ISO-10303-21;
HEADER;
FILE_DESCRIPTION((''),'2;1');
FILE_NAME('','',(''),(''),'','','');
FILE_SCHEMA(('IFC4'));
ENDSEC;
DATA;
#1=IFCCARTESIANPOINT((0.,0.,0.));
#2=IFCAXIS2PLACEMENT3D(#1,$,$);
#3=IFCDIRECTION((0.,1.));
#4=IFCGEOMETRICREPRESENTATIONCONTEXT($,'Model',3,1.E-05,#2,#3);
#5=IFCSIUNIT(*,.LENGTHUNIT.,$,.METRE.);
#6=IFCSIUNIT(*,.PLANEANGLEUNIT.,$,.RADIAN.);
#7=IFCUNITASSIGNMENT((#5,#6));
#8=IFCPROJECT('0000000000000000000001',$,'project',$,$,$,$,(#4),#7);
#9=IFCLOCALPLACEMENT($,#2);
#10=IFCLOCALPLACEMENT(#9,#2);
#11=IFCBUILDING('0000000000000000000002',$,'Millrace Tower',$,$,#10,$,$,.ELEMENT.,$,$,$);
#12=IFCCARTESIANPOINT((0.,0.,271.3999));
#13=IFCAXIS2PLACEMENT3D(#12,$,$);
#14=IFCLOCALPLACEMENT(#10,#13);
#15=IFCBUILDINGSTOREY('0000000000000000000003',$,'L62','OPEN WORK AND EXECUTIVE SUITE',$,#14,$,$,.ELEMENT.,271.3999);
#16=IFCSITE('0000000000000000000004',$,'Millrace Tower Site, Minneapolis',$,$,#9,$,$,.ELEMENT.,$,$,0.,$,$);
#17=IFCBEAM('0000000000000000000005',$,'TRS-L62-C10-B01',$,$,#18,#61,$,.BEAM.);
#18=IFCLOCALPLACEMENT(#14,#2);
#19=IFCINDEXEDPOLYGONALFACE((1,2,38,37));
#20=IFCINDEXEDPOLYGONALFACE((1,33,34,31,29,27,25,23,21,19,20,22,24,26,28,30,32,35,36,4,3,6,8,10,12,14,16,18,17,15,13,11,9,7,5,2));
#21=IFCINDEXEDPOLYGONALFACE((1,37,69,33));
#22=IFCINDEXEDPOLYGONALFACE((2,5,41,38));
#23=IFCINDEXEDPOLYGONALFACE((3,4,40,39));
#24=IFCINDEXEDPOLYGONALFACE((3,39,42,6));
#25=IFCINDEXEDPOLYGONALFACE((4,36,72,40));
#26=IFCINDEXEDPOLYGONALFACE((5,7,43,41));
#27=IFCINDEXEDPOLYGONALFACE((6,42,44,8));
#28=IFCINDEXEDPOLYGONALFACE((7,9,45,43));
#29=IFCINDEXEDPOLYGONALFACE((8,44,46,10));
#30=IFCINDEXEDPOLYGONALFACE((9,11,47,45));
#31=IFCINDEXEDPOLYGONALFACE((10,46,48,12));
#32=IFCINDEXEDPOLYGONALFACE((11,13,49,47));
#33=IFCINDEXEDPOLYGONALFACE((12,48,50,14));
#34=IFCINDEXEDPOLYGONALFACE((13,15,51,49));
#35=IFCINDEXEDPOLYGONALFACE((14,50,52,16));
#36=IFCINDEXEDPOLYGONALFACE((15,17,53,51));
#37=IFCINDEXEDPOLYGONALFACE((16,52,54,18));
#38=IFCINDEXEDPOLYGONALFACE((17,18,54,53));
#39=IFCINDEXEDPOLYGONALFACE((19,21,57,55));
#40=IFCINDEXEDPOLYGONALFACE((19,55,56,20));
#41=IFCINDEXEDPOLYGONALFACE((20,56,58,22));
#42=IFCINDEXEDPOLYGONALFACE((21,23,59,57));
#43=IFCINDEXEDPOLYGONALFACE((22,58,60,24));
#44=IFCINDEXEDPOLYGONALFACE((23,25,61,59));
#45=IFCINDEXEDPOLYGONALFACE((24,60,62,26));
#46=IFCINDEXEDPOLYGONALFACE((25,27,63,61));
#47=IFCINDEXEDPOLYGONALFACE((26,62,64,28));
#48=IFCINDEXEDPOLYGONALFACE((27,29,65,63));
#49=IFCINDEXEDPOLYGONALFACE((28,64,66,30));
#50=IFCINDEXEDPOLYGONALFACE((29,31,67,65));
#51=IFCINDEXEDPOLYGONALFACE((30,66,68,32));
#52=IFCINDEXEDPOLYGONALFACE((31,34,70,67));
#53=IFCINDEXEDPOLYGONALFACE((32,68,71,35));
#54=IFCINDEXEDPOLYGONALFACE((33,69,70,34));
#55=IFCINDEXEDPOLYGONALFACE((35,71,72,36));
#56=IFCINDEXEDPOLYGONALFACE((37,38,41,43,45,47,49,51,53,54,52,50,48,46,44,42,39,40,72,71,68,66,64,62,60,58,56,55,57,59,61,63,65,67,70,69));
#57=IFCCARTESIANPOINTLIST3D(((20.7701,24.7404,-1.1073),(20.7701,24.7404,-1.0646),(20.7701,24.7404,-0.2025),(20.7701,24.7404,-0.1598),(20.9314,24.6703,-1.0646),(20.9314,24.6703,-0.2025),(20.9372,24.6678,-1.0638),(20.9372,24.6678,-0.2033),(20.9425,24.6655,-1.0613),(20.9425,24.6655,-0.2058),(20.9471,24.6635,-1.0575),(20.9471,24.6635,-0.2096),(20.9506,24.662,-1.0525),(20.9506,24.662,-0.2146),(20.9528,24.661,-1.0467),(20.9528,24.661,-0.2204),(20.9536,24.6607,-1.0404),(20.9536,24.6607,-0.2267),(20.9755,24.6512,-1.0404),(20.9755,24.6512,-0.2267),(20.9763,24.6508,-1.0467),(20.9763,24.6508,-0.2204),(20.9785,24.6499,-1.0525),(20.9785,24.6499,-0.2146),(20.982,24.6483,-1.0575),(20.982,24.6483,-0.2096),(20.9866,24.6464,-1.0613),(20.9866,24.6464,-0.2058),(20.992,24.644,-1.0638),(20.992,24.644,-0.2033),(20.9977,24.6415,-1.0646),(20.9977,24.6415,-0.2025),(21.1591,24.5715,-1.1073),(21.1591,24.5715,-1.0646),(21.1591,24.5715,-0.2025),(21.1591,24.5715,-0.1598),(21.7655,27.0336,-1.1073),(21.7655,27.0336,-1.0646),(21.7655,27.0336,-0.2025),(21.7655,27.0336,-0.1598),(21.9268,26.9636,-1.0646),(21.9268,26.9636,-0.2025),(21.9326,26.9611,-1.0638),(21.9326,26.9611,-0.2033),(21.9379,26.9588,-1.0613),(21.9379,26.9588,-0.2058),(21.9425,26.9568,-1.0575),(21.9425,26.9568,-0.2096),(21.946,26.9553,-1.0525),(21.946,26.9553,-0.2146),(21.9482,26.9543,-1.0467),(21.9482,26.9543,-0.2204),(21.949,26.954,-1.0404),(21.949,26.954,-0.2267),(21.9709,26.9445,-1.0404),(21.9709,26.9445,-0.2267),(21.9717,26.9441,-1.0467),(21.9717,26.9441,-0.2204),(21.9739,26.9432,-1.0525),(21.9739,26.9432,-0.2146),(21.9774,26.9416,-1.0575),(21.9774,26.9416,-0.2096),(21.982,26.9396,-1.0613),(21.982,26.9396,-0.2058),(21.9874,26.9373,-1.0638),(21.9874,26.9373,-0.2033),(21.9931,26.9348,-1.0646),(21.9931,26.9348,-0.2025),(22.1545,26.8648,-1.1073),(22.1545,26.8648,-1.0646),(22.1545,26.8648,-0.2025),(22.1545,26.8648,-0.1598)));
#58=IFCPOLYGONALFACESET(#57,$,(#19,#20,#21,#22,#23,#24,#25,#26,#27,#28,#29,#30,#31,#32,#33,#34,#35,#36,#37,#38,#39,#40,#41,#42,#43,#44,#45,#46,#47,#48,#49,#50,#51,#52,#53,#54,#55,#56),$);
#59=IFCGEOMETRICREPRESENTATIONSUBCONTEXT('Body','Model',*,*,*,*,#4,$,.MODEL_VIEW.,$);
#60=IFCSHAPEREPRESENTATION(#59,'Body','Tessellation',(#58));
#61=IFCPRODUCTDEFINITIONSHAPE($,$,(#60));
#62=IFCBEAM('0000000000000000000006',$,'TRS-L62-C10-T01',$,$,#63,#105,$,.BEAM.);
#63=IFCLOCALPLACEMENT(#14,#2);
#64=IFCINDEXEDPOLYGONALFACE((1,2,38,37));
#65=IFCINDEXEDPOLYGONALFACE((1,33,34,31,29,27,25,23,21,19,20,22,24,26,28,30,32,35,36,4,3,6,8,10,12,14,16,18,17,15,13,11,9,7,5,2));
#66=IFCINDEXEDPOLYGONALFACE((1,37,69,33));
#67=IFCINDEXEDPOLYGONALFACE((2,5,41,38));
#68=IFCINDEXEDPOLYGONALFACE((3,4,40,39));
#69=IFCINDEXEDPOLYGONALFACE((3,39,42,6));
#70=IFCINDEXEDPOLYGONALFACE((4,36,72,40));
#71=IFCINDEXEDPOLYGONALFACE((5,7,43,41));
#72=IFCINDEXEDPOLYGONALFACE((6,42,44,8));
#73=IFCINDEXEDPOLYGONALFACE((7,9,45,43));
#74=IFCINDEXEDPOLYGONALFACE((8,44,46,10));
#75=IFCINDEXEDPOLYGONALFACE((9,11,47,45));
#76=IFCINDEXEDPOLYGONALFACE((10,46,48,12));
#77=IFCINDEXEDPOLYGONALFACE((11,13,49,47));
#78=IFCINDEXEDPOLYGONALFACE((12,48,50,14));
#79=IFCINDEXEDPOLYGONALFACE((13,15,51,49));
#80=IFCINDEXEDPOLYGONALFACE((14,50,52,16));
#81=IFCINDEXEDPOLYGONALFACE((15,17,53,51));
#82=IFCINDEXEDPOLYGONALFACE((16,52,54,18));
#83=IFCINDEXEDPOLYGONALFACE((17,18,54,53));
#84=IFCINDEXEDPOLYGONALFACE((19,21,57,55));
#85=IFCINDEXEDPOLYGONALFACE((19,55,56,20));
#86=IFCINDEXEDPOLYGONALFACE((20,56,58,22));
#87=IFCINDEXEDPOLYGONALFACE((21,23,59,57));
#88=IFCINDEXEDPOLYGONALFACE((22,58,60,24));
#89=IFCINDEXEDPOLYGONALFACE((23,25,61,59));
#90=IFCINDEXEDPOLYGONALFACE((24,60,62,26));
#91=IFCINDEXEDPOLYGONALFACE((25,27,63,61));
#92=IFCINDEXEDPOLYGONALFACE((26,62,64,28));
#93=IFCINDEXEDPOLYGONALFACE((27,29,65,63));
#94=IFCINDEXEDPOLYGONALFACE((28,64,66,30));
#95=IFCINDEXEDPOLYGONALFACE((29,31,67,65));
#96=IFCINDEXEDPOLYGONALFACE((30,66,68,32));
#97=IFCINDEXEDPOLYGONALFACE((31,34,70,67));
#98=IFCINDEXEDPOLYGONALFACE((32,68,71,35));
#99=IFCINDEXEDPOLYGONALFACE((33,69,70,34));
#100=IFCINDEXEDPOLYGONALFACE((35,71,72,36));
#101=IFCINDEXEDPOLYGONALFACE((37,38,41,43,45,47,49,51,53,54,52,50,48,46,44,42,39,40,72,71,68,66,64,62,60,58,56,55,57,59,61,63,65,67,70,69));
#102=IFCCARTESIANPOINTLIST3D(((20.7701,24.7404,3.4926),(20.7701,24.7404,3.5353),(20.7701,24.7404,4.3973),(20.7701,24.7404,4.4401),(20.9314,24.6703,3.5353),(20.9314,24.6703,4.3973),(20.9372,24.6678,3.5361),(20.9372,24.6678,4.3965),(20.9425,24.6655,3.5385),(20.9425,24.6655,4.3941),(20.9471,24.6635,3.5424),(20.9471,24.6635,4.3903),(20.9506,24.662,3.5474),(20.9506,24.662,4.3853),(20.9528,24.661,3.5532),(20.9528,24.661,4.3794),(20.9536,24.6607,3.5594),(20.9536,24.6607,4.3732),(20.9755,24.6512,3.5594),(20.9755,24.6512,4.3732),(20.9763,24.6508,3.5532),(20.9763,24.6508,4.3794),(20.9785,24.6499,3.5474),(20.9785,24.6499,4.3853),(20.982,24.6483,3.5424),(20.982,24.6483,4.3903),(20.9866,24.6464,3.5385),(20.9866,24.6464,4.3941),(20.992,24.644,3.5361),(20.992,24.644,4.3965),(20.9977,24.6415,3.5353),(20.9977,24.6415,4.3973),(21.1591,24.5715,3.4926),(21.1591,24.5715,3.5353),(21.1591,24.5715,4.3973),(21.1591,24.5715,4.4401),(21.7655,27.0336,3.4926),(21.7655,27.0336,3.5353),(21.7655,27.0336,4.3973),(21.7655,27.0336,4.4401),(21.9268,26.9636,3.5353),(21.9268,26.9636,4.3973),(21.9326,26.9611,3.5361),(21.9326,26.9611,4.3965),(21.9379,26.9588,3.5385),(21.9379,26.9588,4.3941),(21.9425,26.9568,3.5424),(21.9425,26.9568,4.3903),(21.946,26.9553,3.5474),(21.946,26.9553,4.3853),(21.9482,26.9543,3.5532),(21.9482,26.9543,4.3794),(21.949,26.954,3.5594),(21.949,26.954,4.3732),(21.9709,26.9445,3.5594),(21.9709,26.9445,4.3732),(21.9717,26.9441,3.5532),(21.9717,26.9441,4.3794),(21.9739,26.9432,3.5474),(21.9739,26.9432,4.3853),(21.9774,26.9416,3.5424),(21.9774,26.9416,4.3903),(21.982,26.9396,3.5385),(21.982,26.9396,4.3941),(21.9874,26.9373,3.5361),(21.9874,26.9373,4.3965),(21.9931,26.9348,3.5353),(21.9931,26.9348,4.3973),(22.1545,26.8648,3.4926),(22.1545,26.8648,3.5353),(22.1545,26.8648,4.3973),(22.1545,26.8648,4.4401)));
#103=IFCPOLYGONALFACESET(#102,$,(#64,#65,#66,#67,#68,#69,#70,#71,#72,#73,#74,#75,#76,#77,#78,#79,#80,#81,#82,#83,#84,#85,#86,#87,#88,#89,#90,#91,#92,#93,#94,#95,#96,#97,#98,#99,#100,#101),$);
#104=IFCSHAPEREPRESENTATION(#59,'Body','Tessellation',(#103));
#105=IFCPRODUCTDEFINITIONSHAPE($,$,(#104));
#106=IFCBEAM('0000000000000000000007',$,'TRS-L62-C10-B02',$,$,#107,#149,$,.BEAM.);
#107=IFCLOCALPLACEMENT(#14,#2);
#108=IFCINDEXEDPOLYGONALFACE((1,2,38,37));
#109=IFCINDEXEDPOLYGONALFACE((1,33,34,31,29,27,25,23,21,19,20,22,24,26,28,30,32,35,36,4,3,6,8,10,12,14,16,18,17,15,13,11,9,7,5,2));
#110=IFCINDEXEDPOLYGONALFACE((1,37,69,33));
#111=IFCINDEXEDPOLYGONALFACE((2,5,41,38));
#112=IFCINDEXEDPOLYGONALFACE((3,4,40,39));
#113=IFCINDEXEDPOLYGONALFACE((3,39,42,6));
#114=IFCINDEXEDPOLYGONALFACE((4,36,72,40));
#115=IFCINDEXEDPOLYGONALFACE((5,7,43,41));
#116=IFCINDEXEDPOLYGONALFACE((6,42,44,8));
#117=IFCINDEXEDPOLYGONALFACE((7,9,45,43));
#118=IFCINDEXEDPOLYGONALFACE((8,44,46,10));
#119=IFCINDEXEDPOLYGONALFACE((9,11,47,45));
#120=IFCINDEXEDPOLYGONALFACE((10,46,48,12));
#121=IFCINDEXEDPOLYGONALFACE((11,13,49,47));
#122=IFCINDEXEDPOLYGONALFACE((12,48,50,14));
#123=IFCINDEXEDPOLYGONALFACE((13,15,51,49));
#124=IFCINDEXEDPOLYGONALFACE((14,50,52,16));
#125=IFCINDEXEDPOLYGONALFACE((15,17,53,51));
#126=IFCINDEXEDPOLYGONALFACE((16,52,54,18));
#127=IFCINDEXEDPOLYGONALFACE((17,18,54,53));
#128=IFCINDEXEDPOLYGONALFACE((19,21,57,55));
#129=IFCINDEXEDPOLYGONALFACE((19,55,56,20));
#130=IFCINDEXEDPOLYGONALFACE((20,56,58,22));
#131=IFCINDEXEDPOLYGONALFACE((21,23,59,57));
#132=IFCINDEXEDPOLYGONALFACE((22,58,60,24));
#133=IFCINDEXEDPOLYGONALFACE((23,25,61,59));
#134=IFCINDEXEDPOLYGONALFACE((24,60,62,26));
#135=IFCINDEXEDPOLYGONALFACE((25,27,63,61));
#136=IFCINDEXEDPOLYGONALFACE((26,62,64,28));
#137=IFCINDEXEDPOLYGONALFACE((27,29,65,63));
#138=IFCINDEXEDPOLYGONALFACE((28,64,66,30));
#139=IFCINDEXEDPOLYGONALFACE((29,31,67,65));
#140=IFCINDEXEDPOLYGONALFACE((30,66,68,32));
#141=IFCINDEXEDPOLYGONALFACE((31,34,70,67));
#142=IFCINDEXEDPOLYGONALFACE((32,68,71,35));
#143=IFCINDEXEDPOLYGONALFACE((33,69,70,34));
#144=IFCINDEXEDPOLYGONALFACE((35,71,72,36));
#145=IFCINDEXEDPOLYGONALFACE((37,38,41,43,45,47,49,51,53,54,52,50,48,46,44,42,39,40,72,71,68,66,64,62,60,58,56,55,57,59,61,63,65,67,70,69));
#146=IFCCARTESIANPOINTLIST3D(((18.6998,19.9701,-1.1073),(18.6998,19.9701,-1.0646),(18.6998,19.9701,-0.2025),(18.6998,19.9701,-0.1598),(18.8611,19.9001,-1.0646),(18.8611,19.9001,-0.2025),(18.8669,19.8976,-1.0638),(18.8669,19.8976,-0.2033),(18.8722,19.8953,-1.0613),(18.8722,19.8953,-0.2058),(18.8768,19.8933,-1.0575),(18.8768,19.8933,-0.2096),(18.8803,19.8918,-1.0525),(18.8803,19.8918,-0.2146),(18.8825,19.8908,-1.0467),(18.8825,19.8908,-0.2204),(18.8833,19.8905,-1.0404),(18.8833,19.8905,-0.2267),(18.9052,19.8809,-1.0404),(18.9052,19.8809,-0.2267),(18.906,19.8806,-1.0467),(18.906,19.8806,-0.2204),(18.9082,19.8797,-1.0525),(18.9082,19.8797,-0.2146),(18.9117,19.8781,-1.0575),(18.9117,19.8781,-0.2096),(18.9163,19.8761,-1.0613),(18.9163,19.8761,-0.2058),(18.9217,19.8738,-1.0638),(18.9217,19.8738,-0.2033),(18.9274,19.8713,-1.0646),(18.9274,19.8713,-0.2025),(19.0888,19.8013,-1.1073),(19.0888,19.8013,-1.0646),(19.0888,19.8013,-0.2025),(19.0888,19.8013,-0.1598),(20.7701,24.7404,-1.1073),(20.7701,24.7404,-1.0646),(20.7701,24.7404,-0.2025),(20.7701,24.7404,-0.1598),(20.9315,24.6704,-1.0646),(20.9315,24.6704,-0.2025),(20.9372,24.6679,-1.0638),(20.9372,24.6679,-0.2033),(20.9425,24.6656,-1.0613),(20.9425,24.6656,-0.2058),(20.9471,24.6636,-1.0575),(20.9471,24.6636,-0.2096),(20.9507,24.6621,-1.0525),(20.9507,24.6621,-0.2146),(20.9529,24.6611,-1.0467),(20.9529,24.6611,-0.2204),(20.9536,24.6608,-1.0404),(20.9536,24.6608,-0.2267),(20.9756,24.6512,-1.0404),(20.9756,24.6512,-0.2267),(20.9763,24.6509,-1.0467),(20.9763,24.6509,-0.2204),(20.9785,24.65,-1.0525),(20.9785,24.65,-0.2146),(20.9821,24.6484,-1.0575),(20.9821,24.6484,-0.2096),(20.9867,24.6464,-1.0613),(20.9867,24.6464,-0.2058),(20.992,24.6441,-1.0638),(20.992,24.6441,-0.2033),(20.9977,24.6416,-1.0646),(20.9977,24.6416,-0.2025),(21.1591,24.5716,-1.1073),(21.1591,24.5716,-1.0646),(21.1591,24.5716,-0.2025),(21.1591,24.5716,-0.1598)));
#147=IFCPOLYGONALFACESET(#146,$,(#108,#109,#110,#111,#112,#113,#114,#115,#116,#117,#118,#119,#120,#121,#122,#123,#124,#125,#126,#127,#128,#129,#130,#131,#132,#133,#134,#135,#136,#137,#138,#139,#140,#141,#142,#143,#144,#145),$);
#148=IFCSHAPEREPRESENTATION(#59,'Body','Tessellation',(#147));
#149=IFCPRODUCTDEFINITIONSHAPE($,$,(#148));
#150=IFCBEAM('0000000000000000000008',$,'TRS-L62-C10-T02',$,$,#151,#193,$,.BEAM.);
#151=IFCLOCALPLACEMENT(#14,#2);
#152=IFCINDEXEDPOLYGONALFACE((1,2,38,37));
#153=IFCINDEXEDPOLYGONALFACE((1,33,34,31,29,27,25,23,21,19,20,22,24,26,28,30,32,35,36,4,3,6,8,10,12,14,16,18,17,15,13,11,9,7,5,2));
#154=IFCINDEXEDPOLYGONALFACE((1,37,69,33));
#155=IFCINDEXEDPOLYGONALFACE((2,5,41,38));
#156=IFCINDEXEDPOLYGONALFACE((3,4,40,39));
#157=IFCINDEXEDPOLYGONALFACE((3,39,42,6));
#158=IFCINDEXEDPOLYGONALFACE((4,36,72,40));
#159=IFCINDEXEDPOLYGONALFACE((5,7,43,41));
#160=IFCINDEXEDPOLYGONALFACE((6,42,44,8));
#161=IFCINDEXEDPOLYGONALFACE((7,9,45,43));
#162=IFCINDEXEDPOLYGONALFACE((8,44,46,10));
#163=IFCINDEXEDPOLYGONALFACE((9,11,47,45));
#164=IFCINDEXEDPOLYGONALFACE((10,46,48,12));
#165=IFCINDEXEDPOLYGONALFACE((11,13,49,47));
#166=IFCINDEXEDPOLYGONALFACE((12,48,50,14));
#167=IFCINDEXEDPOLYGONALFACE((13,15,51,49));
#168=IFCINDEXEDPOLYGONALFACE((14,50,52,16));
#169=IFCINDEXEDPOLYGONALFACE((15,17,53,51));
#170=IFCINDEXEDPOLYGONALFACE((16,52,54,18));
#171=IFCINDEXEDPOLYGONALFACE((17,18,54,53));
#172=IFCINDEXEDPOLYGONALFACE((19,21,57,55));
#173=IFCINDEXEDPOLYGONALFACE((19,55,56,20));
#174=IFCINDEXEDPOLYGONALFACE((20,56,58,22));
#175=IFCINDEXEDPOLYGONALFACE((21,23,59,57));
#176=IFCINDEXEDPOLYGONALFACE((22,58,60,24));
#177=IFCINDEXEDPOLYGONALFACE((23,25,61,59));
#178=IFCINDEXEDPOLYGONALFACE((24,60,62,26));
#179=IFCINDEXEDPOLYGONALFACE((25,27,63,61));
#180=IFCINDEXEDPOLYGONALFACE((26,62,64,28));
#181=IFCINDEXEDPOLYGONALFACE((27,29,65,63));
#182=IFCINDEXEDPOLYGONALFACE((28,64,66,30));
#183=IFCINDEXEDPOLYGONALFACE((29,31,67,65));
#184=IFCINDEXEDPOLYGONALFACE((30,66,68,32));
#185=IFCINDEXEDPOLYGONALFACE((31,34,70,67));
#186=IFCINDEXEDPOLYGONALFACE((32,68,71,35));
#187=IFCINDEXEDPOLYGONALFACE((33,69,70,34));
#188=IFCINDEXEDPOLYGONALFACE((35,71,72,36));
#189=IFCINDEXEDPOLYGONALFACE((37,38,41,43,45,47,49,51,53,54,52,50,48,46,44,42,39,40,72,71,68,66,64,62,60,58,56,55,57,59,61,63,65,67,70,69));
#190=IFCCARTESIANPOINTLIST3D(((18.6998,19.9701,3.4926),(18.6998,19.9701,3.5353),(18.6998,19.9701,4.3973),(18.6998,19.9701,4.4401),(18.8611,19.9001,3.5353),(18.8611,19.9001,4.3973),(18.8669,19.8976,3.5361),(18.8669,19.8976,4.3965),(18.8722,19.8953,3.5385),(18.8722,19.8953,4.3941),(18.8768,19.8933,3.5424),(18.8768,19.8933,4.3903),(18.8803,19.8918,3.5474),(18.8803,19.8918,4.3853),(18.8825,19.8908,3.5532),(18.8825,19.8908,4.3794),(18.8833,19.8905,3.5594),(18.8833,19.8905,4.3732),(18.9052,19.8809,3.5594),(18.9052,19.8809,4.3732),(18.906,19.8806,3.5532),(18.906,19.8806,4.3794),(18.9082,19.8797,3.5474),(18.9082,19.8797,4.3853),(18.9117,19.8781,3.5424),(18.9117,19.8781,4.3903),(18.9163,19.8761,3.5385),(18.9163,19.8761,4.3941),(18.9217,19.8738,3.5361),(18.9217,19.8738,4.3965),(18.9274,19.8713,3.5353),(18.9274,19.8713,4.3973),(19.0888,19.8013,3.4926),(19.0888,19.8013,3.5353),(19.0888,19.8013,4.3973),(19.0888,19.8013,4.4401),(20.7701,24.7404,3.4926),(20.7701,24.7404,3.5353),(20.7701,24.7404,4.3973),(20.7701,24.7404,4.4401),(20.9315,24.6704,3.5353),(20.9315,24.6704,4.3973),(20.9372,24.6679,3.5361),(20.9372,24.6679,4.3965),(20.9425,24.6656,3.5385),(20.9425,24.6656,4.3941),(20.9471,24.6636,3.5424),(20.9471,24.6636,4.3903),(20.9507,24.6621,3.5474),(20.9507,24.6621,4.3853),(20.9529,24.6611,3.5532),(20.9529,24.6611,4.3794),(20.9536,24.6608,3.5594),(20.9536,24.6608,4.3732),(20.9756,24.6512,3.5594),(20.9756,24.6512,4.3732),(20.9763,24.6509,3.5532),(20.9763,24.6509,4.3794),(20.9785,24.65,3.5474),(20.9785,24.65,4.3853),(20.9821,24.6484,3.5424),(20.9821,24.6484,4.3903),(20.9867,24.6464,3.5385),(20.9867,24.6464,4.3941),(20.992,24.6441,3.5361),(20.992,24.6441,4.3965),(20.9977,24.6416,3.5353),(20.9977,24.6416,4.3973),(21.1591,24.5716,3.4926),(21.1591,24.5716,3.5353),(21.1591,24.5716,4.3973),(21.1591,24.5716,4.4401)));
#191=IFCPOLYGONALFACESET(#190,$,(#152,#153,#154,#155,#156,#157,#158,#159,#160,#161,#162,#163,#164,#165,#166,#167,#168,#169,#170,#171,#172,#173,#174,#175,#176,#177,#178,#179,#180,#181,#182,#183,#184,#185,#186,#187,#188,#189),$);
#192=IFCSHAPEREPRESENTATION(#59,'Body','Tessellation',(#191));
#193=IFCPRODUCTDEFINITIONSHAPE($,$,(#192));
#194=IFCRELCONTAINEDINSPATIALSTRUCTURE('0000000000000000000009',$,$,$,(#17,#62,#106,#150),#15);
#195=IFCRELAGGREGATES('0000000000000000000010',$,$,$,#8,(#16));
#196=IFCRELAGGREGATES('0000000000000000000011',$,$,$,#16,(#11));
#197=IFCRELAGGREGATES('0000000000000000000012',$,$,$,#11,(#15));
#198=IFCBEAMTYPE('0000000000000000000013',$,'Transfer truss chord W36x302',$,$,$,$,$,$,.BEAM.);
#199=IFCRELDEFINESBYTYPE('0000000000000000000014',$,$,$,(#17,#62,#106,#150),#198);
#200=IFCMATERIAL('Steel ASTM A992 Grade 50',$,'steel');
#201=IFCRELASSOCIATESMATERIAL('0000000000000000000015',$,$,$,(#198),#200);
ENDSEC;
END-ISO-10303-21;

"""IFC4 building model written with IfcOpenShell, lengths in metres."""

from ifc_helpers import new_model, si_unit, direction, frame, origin, origin_2d, place, context, subcontext, project, spatial, i_section, extrude, material, material_profile, profile_set, type_object, element, save


model = new_model("IFC4")

# Units and contexts
model_context = context("Model", 3, precision=1e-05, world=origin(), true_north=direction((0.0, 1.0)))
body_context = subcontext(model_context, "Body", "Model", "MODEL_VIEW")
ifc_project = project(units=[si_unit("LENGTHUNIT", "METRE"), si_unit("PLANEANGLEUNIT", "RADIAN")], contexts=[model_context])

# Site, building, storey
site_placement = place(None, origin())
site = spatial("IfcSite", under=ifc_project, at=site_placement, Name="Millrace Tower Site, Minneapolis", CompositionType="ELEMENT", RefElevation=0.0)
building_placement = place(site_placement, origin())
building = spatial("IfcBuilding", under=site, at=building_placement, Name="Millrace Tower", CompositionType="ELEMENT")
storey_placement = place(building_placement, frame((0.0, 0.0, 271.3999)))
storey = spatial("IfcBuildingStorey", under=building, at=storey_placement, Name="L62", Description="OPEN WORK AND EXECUTIVE SUITE", CompositionType="ELEMENT", Elevation=271.3999)

# Beams
ifc_material_1 = material(Name="Steel ASTM A992 Grade 50", Category="steel")
ifc_material_profile_1 = material_profile(ifc_material_1, i_section(OverallWidth=0.4241, OverallDepth=0.9475, WebThickness=0.0239, FlangeThickness=0.0427, FilletRadius=0.0242, at=origin_2d()))
ifc_profile_set_1 = profile_set([ifc_material_profile_1], Name="Steel ASTM A992 Grade 50")
beam_type_1 = type_object("IfcBeamType", Name="Transfer truss chord W36x302", PredefinedType="BEAM", material=ifc_profile_set_1)
for number, where, z_axis, x_axis, name in (
    (1, (21.96, 26.9492, -0.6335), (-0.398158, -0.917317, 0.0), (0.917317, -0.398158, 0.0), "TRS-L62-C10-B01"),
    (2, (21.96, 26.9492, 3.9663), (-0.398158, -0.917317, 0.0), (0.917317, -0.398158, 0.0), "TRS-L62-C10-T01"),
):
    element("IfcBeam", number, at=place(storey_placement, frame(where, z_axis=z_axis, x_axis=x_axis)), inside=storey, type_object=beam_type_1, Name=name, PredefinedType="BEAM", context=body_context, shape_type="SweptSolid", body=[
        extrude(i_section(OverallWidth=0.4241, OverallDepth=0.9475, WebThickness=0.0239, FlangeThickness=0.0427, FilletRadius=0.0242, at=origin_2d()), origin(), (0.0, 0.0, 1.0), 2.5),
    ])
for number, where, z_axis, x_axis, name in (
    (3, (20.9646, 24.656, -0.6335), (-0.398125, -0.917331, 0.0), (0.917331, -0.398125, 0.0), "TRS-L62-C10-B02"),
    (4, (20.9646, 24.656, 3.9663), (-0.398125, -0.917331, 0.0), (0.917331, -0.398125, 0.0), "TRS-L62-C10-T02"),
):
    element("IfcBeam", number, at=place(storey_placement, frame(where, z_axis=z_axis, x_axis=x_axis)), inside=storey, type_object=beam_type_1, Name=name, PredefinedType="BEAM", context=body_context, shape_type="SweptSolid", body=[
        extrude(i_section(OverallWidth=0.4241, OverallDepth=0.9475, WebThickness=0.0239, FlangeThickness=0.0427, FilletRadius=0.0242, at=origin_2d()), origin(), (0.0, 0.0, 1.0), 5.2002),
    ])

save(model, "model.ifc")
